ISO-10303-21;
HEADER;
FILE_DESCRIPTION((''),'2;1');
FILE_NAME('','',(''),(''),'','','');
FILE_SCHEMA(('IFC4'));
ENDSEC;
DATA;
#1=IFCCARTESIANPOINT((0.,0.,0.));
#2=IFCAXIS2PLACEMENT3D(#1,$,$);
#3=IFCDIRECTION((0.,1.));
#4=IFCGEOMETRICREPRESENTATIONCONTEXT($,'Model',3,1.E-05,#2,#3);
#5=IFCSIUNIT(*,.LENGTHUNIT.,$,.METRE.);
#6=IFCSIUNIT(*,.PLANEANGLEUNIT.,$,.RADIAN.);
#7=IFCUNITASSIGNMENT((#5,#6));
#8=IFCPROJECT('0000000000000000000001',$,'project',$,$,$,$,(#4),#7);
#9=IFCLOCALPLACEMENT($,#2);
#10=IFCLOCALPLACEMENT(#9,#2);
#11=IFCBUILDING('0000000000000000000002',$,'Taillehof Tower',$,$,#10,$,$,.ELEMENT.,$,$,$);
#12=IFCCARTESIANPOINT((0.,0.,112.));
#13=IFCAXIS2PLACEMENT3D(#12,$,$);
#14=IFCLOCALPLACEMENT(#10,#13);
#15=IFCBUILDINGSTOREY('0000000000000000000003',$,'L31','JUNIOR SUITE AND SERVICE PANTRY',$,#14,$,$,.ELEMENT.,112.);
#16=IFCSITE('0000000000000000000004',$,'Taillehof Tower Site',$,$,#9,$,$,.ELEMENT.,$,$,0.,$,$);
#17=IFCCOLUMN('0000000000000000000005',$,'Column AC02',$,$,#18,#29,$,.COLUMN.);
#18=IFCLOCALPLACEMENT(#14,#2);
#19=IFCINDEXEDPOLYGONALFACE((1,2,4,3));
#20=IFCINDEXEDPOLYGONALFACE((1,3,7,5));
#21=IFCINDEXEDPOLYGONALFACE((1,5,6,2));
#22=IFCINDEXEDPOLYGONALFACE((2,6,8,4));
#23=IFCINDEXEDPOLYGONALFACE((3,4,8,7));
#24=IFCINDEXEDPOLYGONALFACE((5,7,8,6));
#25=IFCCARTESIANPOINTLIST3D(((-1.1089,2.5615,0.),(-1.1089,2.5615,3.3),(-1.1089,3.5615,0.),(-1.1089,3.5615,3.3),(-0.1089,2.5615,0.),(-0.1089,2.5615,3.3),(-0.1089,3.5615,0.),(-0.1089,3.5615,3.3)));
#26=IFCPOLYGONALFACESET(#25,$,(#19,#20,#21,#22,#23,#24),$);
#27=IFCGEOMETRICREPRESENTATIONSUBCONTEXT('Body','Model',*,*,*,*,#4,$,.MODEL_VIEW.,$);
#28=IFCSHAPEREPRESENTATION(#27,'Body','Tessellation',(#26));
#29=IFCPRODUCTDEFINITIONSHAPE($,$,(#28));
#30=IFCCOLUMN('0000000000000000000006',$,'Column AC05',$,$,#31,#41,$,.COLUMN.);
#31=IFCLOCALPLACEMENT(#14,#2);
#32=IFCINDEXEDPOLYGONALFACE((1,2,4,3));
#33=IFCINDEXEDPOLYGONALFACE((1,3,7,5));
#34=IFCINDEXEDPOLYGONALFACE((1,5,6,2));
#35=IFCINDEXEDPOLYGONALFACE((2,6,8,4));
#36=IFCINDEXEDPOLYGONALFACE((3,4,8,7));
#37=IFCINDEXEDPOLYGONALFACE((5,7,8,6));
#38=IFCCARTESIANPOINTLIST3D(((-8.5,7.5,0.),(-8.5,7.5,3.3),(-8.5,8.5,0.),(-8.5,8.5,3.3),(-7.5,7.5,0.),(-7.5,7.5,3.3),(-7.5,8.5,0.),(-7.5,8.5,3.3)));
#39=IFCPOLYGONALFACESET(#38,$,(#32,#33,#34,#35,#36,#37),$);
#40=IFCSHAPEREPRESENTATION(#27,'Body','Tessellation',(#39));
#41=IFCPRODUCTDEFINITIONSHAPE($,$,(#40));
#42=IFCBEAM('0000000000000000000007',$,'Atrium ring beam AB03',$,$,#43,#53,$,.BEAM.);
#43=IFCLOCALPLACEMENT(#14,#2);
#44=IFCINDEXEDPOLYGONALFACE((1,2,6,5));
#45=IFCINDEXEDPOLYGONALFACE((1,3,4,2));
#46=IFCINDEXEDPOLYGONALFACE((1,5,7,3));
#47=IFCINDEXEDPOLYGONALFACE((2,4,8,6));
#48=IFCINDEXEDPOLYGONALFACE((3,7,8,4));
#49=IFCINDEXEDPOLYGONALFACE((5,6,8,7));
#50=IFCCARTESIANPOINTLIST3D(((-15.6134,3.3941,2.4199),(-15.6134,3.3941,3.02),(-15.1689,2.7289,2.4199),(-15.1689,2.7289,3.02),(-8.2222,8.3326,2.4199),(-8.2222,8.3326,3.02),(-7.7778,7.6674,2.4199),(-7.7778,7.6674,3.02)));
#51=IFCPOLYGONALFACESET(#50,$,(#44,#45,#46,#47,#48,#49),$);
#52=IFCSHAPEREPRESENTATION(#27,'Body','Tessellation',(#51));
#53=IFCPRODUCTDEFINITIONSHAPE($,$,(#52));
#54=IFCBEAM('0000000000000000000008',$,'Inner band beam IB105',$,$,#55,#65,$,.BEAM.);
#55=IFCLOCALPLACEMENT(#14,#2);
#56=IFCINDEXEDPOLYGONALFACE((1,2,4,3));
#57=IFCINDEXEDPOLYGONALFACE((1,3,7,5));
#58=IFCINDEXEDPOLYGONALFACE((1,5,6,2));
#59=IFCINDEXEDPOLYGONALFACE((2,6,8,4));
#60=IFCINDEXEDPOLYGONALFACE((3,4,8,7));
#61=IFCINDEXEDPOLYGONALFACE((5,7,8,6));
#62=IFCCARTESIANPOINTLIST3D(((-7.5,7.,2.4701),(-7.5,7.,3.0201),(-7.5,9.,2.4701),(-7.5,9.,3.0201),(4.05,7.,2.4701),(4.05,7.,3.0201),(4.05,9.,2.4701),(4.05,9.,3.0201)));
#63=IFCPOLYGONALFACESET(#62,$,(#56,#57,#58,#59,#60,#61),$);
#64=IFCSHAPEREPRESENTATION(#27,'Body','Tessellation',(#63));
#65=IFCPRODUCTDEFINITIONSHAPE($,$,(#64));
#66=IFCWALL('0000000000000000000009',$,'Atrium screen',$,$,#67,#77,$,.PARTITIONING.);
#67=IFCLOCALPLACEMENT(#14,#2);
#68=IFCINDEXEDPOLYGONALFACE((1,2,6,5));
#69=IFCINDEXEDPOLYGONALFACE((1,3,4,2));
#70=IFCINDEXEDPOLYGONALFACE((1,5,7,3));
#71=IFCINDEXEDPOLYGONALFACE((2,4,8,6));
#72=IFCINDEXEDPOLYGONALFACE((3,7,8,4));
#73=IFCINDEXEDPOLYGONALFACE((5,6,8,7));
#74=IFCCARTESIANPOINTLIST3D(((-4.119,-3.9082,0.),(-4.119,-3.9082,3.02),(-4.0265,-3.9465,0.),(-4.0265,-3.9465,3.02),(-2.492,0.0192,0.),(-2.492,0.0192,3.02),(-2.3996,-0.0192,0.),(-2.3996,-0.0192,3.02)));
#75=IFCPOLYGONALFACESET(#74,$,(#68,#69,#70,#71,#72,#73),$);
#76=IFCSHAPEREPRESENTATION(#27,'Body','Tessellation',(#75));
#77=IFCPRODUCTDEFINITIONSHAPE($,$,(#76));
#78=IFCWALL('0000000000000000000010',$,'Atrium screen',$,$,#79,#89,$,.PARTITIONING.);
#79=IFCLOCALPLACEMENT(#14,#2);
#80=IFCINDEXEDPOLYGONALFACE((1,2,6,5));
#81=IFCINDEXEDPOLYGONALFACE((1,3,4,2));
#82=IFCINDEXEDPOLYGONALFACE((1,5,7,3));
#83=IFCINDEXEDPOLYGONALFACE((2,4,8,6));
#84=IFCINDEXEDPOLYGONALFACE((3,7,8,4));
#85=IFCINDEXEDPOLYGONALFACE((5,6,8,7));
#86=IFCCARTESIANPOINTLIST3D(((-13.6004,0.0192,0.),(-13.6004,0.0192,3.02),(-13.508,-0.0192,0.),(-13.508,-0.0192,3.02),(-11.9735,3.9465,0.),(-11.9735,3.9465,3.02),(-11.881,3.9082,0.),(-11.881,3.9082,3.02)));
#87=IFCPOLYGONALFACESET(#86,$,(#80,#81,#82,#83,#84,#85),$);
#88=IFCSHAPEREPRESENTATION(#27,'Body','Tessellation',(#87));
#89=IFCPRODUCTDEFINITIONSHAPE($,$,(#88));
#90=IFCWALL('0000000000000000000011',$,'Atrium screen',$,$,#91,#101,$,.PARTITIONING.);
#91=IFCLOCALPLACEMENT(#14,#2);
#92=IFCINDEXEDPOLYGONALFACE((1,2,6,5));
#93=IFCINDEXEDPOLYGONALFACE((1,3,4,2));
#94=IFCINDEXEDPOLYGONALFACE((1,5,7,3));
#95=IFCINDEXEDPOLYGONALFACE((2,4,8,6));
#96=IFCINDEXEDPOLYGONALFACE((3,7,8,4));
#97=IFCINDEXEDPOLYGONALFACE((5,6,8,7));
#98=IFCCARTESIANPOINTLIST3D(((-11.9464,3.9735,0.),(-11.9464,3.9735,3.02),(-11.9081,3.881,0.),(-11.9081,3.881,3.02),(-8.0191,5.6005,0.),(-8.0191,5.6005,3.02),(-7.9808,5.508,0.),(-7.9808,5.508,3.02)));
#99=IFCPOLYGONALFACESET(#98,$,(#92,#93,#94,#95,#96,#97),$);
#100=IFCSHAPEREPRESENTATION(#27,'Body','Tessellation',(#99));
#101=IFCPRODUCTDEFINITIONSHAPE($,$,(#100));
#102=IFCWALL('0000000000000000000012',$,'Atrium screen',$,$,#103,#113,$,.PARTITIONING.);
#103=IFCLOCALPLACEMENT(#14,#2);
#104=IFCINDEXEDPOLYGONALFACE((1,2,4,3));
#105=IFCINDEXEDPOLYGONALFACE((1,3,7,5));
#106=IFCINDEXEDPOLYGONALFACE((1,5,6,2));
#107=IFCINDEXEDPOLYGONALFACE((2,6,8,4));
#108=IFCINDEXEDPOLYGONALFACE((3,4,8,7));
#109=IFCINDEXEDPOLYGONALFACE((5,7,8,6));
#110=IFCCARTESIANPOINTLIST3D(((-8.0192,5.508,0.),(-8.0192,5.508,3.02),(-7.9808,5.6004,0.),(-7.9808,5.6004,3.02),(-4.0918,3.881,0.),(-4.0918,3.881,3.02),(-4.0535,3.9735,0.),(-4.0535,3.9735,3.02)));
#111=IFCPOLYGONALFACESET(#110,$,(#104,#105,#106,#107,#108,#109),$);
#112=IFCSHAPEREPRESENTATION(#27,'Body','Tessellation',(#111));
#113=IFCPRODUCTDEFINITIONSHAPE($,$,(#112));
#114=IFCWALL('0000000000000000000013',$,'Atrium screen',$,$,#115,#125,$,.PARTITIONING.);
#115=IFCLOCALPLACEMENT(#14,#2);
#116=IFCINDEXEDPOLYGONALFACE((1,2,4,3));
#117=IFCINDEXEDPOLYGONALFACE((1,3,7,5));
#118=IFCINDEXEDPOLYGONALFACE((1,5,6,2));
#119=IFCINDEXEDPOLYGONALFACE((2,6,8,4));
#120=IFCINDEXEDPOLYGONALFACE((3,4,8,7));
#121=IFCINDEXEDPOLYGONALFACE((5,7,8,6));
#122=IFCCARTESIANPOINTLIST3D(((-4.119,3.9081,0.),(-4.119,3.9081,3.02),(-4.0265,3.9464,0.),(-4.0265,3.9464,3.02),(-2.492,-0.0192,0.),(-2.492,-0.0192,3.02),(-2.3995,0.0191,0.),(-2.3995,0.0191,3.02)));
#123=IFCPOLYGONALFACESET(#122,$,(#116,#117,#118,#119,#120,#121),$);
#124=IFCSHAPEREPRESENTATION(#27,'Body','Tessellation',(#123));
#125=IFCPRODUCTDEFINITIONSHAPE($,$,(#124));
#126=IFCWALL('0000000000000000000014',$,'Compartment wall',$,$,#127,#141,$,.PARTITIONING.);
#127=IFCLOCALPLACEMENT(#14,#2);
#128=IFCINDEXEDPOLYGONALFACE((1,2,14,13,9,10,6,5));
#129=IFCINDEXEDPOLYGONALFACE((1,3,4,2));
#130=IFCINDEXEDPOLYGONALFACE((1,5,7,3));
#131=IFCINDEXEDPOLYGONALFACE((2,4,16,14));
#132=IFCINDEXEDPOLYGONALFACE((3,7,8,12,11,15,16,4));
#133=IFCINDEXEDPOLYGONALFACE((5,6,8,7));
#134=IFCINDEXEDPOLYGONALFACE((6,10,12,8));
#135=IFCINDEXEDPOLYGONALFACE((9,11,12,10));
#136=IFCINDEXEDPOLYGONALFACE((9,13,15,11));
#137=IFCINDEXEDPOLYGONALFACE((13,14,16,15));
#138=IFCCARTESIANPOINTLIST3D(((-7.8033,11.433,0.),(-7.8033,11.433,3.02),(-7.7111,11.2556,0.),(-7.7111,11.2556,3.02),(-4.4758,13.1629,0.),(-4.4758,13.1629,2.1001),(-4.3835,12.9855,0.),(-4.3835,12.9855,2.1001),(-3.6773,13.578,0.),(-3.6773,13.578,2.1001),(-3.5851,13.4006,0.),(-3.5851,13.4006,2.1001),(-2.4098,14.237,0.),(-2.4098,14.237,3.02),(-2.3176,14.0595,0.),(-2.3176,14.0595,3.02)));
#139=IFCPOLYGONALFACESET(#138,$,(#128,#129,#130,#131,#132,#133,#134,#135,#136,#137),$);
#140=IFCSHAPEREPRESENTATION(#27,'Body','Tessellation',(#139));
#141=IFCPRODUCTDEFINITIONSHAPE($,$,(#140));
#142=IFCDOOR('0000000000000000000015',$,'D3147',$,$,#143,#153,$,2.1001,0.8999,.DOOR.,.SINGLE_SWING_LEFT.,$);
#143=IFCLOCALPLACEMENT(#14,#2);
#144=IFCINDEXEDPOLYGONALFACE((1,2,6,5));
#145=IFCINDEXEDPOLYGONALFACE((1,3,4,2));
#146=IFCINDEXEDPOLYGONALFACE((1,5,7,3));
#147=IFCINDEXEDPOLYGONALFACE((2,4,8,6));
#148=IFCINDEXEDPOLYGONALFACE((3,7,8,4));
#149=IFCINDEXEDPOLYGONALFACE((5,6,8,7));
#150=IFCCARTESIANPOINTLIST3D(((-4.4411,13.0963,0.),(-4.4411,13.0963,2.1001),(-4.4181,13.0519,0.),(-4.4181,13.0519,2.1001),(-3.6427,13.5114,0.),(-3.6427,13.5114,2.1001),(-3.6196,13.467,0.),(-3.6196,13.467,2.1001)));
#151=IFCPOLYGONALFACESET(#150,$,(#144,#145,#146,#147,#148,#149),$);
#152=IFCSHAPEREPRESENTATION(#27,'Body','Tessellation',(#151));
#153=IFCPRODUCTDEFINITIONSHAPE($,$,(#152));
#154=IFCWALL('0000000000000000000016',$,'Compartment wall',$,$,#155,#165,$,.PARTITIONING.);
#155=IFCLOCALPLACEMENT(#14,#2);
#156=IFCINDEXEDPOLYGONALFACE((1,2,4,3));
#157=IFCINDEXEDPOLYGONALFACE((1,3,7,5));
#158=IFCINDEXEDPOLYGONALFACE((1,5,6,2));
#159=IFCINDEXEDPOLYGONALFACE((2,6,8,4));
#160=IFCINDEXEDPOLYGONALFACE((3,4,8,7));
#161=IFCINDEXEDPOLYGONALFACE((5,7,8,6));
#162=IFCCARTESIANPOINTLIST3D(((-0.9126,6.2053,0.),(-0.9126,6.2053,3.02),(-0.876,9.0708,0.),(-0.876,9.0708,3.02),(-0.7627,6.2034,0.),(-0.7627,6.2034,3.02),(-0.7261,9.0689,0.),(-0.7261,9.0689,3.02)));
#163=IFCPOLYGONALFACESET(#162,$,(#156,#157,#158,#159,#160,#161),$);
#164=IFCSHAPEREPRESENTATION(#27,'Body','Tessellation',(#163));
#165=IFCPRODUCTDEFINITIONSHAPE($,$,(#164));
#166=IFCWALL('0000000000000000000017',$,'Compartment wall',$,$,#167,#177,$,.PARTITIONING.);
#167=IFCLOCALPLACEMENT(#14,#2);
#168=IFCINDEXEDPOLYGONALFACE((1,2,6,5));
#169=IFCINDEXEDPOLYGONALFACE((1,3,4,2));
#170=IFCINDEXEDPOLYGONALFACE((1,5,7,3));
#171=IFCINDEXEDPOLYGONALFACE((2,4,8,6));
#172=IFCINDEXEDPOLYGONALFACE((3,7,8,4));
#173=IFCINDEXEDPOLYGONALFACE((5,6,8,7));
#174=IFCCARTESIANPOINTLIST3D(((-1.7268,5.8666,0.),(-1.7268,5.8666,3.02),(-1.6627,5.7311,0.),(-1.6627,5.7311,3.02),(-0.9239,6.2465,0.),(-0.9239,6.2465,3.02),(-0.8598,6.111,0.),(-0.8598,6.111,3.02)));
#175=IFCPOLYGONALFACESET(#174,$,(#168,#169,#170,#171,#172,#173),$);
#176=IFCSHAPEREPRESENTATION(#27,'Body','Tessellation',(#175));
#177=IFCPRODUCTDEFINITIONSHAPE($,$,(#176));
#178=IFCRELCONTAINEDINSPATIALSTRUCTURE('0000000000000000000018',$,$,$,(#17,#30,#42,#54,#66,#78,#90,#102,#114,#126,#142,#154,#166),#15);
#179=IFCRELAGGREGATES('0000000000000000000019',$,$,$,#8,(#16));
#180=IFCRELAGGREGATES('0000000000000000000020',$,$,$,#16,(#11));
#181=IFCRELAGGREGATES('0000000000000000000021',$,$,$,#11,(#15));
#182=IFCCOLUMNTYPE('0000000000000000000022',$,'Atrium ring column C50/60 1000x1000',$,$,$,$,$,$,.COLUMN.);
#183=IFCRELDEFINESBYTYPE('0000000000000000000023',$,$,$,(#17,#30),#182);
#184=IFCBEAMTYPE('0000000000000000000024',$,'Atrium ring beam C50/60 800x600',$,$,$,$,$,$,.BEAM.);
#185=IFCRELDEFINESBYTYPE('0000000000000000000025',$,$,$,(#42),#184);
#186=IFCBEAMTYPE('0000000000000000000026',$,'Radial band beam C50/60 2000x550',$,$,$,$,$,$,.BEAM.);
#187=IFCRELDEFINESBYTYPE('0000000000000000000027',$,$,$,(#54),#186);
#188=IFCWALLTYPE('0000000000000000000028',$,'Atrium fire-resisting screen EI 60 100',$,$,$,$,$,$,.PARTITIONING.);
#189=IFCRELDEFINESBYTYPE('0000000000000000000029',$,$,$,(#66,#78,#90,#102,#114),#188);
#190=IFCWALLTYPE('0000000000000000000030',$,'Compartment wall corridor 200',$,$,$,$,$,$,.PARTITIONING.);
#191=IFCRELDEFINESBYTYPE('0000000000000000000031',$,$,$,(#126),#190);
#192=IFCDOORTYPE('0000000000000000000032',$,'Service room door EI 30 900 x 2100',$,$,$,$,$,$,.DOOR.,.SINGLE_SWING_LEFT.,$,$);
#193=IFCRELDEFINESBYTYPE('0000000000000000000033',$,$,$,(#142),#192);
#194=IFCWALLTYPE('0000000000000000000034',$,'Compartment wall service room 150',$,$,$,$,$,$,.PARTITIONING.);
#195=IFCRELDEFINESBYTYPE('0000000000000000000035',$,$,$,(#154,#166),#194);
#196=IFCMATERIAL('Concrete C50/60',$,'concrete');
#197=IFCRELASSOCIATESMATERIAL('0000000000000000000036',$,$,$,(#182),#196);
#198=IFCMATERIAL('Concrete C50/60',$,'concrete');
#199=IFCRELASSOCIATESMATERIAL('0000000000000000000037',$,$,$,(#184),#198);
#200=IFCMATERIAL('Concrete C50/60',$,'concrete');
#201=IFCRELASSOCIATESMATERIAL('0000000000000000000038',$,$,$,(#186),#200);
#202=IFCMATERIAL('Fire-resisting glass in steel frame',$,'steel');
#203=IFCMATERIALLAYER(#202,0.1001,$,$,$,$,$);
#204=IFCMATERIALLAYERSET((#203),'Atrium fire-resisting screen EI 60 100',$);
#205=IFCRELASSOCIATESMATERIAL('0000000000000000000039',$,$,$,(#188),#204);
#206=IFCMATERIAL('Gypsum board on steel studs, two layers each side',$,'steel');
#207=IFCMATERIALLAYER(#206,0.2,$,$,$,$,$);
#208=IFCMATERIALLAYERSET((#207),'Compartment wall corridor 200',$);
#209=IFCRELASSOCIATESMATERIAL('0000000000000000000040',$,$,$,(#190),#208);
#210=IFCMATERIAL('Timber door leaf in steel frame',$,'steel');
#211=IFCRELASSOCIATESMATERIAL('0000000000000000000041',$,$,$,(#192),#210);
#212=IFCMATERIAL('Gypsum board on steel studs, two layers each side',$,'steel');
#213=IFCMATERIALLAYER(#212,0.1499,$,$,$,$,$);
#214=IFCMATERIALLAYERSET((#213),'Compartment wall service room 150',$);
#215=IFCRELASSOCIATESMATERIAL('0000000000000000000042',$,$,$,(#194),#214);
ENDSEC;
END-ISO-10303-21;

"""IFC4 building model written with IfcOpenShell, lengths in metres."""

from ifc_helpers import new_model, si_unit, direction, frame, frame_2d, origin, origin_2d, place, context, subcontext, project, spatial, rectangle, extrude, material, layer, layer_set, material_profile, profile_set, type_object, element, fill, save


model = new_model("IFC4")

# Units and contexts
model_context = context("Model", 3, precision=1e-05, world=origin(), true_north=direction((0.0, 1.0)))
body_context = subcontext(model_context, "Body", "Model", "MODEL_VIEW")
ifc_project = project(units=[si_unit("LENGTHUNIT", "METRE"), si_unit("PLANEANGLEUNIT", "RADIAN")], contexts=[model_context])

# Site, building, storey
site_placement = place(None, origin())
site = spatial("IfcSite", under=ifc_project, at=site_placement, Name="Taillehof Tower Site", CompositionType="ELEMENT", RefElevation=0.0)
building_placement = place(site_placement, origin())
building = spatial("IfcBuilding", under=site, at=building_placement, Name="Taillehof Tower", CompositionType="ELEMENT")
storey_placement = place(building_placement, frame((0.0, 0.0, 112.0)))
storey = spatial("IfcBuildingStorey", under=building, at=storey_placement, Name="L31", Description="JUNIOR SUITE AND SERVICE PANTRY", CompositionType="ELEMENT", Elevation=112.0)

# Columns
ifc_material_1 = material(Name="Concrete C50/60", Category="concrete")
ifc_material_profile_1 = material_profile(ifc_material_1, rectangle(XDim=1.0, YDim=1.0, at=origin_2d()), Name="RC 1000x1000")
ifc_profile_set_1 = profile_set([ifc_material_profile_1], Name="Concrete C50/60")
column_type = type_object("IfcColumnType", Name="Atrium ring column C50/60 1000x1000", PredefinedType="COLUMN", material=ifc_profile_set_1)
for number, where, z_axis, x_axis, name in (
    (1, (-0.6089, 3.0615, 0.0), (0.0, 0.0, 1.0), (1.0, 0.0, 0.0), "Column AC02"),
    (2, (-8.0, 8.0, 0.0), (0.0, 0.0, 1.0), (1.0, 0.0, 0.0), "Column AC05"),
):
    element("IfcColumn", number, at=place(storey_placement, frame(where, z_axis=z_axis, x_axis=x_axis)), inside=storey, type_object=column_type, Name=name, PredefinedType="COLUMN", context=body_context, shape_type="SweptSolid", body=[
        extrude(rectangle(XDim=1.0, YDim=1.0, at=origin_2d()), origin(), (0.0, 0.0, 1.0), 3.3),
    ])

# Beams
ifc_material_2 = material(Name="Concrete C50/60", Category="concrete")
ifc_material_profile_2 = material_profile(ifc_material_2, rectangle(XDim=0.8, YDim=0.6001, at=origin_2d()), Name="RC 800x600")
ifc_profile_set_2 = profile_set([ifc_material_profile_2], Name="Concrete C50/60")
beam_type_1 = type_object("IfcBeamType", Name="Atrium ring beam C50/60 800x600", PredefinedType="BEAM", material=ifc_profile_set_2)
beam_1_placement = place(storey_placement, frame((-8.0, 8.0, 2.72), z_axis=(-0.831475, -0.555562, 0.0), x_axis=(0.555562, -0.831475, 0.0)))
element("IfcBeam", 3, at=beam_1_placement, inside=storey, type_object=beam_type_1, Name="Atrium ring beam AB03", PredefinedType="BEAM", context=body_context, shape_type="SweptSolid", body=[
    extrude(rectangle(XDim=0.8, YDim=0.6001, at=origin_2d()), origin(), (0.0, 0.0, 1.0), 8.8892),
])
ifc_material_3 = material(Name="Concrete C50/60", Category="concrete")
ifc_material_profile_3 = material_profile(ifc_material_3, rectangle(XDim=2.0, YDim=0.55, at=origin_2d()), Name="RC 2000x550")
ifc_profile_set_3 = profile_set([ifc_material_profile_3], Name="Concrete C50/60")
beam_type_2 = type_object("IfcBeamType", Name="Radial band beam C50/60 2000x550", PredefinedType="BEAM", material=ifc_profile_set_3)
beam_2_placement = place(storey_placement, frame((-7.5, 8.0, 2.7451), z_axis=(1.0, 0.0, 0.0), x_axis=(0.0, 1.0, 0.0)))
element("IfcBeam", 4, at=beam_2_placement, inside=storey, type_object=beam_type_2, Name="Inner band beam IB105", PredefinedType="BEAM", context=body_context, shape_type="SweptSolid", body=[
    extrude(rectangle(XDim=2.0, YDim=0.55, at=origin_2d()), origin(), (0.0, 0.0, 1.0), 11.55),
])

# Walls
ifc_material_4 = material(Name="Fire-resisting glass in steel frame", Category="steel")
ifc_layer_1 = layer(ifc_material_4, 0.1001)
ifc_layer_set_1 = layer_set([ifc_layer_1], Name="Atrium fire-resisting screen EI 60 100")
wall_type_1 = type_object("IfcWallType", Name="Atrium fire-resisting screen EI 60 100", PredefinedType="PARTITIONING", material=ifc_layer_set_1)
for number, where, z_axis, x_axis, name in (
    (5, (-2.4458, 0.0, 0.0), (0.0, 0.0, 1.0), (-0.382731, -0.92386, 0.0), "Atrium screen"),
    (6, (-13.5542, 0.0, 0.0), (0.0, 0.0, 1.0), (0.382731, 0.92386, 0.0), "Atrium screen"),
    (7, (-11.9272, 3.9272, 0.0), (0.0, 0.0, 1.0), (0.92386, 0.382731, 0.0), "Atrium screen"),
    (8, (-8.0, 5.5542, 0.0), (0.0, 0.0, 1.0), (0.92386, -0.382731, 0.0), "Atrium screen"),
    (9, (-4.0728, 3.9272, 0.0), (0.0, 0.0, 1.0), (0.382731, -0.92386, 0.0), "Atrium screen"),
):
    element("IfcWall", number, at=place(storey_placement, frame(where, z_axis=z_axis, x_axis=x_axis)), inside=storey, type_object=wall_type_1, Name=name, PredefinedType="PARTITIONING", context=body_context, shape_type="SweptSolid", body=[
        extrude(rectangle(XDim=4.251, YDim=0.1001, at=frame_2d((2.1255, 0.0))), origin(), (0.0, 0.0, 1.0), 3.02),
    ])

# Wall, opening, door
ifc_material_5 = material(Name="Gypsum board on steel studs, two layers each side", Category="steel")
ifc_layer_2 = layer(ifc_material_5, 0.2)
ifc_layer_set_2 = layer_set([ifc_layer_2], Name="Compartment wall corridor 200")
wall_type_2 = type_object("IfcWallType", Name="Compartment wall corridor 200", PredefinedType="PARTITIONING", material=ifc_layer_set_2)
wall_1_placement = place(storey_placement, frame((-7.7573, 11.3442, 0.0), z_axis=(0.0, 0.0, 1.0), x_axis=(0.887263, 0.461263, 0.0)))
wall_1 = element("IfcWall", 10, at=wall_1_placement, inside=storey, type_object=wall_type_2, Name="Compartment wall", PredefinedType="PARTITIONING", context=body_context, shape_type="SweptSolid", body=[
    extrude(rectangle(XDim=6.0789, YDim=0.2, at=frame_2d((3.0396, 0.0))), origin(), (0.0, 0.0, 1.0), 3.02),
])
opening_1_placement = place(wall_1_placement, frame((3.7505, 0.0, 0.0)))
opening_1 = element("IfcOpeningElement", 11, at=opening_1_placement, cuts=wall_1, PredefinedType="OPENING", context=body_context, shape_type="SweptSolid", body=[
    extrude(rectangle(XDim=0.8999, YDim=2.1001, at=frame_2d((0.45, 1.05))), frame((0.0, 0.1099, 0.0), z_axis=(0.0, -1.0, 0.0), x_axis=(1.0, 0.0, 0.0)), (0.0, 0.0, 1.0), 0.22),
])
ifc_material_6 = material(Name="Timber door leaf in steel frame", Category="steel")
door_type_1 = type_object("IfcDoorType", Name="Service room door EI 30 900 x 2100", OperationType="SINGLE_SWING_LEFT", PredefinedType="DOOR", material=ifc_material_6)
door_1_placement = place(opening_1_placement, origin())
door_1 = element("IfcDoor", 12, at=door_1_placement, inside=storey, type_object=door_type_1, Name="D3147", OperationType="SINGLE_SWING_LEFT", OverallHeight=2.1001, OverallWidth=0.8999, PredefinedType="DOOR", context=body_context, shape_type="SweptSolid", body=[
    extrude(rectangle(XDim=0.8999, YDim=2.1001, at=frame_2d((0.45, 1.05))), frame((0.0, 0.0249, 0.0), z_axis=(0.0, -1.0, 0.0), x_axis=(1.0, 0.0, 0.0)), (0.0, 0.0, 1.0), 0.05),
])
fill(opening_1, door_1)

# Walls
ifc_material_7 = material(Name="Gypsum board on steel studs, two layers each side", Category="steel")
ifc_layer_3 = layer(ifc_material_7, 0.1499)
ifc_layer_set_3 = layer_set([ifc_layer_3], Name="Compartment wall service room 150")
wall_type_3 = type_object("IfcWallType", Name="Compartment wall service room 150", PredefinedType="PARTITIONING", material=ifc_layer_set_3)
wall_2_placement = place(storey_placement, frame((-0.801, 9.0698, 0.0), z_axis=(0.0, 0.0, 1.0), x_axis=(-0.012779, -0.999918, 0.0)))
element("IfcWall", 13, at=wall_2_placement, inside=storey, type_object=wall_type_3, Name="Compartment wall", PredefinedType="PARTITIONING", context=body_context, shape_type="SweptSolid", body=[
    extrude(rectangle(XDim=2.8657, YDim=0.1499, at=frame_2d((1.4329, 0.0))), origin(), (0.0, 0.0, 1.0), 3.02),
])
wall_3_placement = place(storey_placement, frame((-0.8918, 6.1787, 0.0), z_axis=(0.0, 0.0, 1.0), x_axis=(-0.903945, -0.427649, 0.0)))
element("IfcWall", 14, at=wall_3_placement, inside=storey, type_object=wall_type_3, Name="Compartment wall", PredefinedType="PARTITIONING", context=body_context, shape_type="SweptSolid", body=[
    extrude(rectangle(XDim=0.8882, YDim=0.1499, at=frame_2d((0.4441, 0.0))), origin(), (0.0, 0.0, 1.0), 3.02),
])

save(model, "model.ifc")
